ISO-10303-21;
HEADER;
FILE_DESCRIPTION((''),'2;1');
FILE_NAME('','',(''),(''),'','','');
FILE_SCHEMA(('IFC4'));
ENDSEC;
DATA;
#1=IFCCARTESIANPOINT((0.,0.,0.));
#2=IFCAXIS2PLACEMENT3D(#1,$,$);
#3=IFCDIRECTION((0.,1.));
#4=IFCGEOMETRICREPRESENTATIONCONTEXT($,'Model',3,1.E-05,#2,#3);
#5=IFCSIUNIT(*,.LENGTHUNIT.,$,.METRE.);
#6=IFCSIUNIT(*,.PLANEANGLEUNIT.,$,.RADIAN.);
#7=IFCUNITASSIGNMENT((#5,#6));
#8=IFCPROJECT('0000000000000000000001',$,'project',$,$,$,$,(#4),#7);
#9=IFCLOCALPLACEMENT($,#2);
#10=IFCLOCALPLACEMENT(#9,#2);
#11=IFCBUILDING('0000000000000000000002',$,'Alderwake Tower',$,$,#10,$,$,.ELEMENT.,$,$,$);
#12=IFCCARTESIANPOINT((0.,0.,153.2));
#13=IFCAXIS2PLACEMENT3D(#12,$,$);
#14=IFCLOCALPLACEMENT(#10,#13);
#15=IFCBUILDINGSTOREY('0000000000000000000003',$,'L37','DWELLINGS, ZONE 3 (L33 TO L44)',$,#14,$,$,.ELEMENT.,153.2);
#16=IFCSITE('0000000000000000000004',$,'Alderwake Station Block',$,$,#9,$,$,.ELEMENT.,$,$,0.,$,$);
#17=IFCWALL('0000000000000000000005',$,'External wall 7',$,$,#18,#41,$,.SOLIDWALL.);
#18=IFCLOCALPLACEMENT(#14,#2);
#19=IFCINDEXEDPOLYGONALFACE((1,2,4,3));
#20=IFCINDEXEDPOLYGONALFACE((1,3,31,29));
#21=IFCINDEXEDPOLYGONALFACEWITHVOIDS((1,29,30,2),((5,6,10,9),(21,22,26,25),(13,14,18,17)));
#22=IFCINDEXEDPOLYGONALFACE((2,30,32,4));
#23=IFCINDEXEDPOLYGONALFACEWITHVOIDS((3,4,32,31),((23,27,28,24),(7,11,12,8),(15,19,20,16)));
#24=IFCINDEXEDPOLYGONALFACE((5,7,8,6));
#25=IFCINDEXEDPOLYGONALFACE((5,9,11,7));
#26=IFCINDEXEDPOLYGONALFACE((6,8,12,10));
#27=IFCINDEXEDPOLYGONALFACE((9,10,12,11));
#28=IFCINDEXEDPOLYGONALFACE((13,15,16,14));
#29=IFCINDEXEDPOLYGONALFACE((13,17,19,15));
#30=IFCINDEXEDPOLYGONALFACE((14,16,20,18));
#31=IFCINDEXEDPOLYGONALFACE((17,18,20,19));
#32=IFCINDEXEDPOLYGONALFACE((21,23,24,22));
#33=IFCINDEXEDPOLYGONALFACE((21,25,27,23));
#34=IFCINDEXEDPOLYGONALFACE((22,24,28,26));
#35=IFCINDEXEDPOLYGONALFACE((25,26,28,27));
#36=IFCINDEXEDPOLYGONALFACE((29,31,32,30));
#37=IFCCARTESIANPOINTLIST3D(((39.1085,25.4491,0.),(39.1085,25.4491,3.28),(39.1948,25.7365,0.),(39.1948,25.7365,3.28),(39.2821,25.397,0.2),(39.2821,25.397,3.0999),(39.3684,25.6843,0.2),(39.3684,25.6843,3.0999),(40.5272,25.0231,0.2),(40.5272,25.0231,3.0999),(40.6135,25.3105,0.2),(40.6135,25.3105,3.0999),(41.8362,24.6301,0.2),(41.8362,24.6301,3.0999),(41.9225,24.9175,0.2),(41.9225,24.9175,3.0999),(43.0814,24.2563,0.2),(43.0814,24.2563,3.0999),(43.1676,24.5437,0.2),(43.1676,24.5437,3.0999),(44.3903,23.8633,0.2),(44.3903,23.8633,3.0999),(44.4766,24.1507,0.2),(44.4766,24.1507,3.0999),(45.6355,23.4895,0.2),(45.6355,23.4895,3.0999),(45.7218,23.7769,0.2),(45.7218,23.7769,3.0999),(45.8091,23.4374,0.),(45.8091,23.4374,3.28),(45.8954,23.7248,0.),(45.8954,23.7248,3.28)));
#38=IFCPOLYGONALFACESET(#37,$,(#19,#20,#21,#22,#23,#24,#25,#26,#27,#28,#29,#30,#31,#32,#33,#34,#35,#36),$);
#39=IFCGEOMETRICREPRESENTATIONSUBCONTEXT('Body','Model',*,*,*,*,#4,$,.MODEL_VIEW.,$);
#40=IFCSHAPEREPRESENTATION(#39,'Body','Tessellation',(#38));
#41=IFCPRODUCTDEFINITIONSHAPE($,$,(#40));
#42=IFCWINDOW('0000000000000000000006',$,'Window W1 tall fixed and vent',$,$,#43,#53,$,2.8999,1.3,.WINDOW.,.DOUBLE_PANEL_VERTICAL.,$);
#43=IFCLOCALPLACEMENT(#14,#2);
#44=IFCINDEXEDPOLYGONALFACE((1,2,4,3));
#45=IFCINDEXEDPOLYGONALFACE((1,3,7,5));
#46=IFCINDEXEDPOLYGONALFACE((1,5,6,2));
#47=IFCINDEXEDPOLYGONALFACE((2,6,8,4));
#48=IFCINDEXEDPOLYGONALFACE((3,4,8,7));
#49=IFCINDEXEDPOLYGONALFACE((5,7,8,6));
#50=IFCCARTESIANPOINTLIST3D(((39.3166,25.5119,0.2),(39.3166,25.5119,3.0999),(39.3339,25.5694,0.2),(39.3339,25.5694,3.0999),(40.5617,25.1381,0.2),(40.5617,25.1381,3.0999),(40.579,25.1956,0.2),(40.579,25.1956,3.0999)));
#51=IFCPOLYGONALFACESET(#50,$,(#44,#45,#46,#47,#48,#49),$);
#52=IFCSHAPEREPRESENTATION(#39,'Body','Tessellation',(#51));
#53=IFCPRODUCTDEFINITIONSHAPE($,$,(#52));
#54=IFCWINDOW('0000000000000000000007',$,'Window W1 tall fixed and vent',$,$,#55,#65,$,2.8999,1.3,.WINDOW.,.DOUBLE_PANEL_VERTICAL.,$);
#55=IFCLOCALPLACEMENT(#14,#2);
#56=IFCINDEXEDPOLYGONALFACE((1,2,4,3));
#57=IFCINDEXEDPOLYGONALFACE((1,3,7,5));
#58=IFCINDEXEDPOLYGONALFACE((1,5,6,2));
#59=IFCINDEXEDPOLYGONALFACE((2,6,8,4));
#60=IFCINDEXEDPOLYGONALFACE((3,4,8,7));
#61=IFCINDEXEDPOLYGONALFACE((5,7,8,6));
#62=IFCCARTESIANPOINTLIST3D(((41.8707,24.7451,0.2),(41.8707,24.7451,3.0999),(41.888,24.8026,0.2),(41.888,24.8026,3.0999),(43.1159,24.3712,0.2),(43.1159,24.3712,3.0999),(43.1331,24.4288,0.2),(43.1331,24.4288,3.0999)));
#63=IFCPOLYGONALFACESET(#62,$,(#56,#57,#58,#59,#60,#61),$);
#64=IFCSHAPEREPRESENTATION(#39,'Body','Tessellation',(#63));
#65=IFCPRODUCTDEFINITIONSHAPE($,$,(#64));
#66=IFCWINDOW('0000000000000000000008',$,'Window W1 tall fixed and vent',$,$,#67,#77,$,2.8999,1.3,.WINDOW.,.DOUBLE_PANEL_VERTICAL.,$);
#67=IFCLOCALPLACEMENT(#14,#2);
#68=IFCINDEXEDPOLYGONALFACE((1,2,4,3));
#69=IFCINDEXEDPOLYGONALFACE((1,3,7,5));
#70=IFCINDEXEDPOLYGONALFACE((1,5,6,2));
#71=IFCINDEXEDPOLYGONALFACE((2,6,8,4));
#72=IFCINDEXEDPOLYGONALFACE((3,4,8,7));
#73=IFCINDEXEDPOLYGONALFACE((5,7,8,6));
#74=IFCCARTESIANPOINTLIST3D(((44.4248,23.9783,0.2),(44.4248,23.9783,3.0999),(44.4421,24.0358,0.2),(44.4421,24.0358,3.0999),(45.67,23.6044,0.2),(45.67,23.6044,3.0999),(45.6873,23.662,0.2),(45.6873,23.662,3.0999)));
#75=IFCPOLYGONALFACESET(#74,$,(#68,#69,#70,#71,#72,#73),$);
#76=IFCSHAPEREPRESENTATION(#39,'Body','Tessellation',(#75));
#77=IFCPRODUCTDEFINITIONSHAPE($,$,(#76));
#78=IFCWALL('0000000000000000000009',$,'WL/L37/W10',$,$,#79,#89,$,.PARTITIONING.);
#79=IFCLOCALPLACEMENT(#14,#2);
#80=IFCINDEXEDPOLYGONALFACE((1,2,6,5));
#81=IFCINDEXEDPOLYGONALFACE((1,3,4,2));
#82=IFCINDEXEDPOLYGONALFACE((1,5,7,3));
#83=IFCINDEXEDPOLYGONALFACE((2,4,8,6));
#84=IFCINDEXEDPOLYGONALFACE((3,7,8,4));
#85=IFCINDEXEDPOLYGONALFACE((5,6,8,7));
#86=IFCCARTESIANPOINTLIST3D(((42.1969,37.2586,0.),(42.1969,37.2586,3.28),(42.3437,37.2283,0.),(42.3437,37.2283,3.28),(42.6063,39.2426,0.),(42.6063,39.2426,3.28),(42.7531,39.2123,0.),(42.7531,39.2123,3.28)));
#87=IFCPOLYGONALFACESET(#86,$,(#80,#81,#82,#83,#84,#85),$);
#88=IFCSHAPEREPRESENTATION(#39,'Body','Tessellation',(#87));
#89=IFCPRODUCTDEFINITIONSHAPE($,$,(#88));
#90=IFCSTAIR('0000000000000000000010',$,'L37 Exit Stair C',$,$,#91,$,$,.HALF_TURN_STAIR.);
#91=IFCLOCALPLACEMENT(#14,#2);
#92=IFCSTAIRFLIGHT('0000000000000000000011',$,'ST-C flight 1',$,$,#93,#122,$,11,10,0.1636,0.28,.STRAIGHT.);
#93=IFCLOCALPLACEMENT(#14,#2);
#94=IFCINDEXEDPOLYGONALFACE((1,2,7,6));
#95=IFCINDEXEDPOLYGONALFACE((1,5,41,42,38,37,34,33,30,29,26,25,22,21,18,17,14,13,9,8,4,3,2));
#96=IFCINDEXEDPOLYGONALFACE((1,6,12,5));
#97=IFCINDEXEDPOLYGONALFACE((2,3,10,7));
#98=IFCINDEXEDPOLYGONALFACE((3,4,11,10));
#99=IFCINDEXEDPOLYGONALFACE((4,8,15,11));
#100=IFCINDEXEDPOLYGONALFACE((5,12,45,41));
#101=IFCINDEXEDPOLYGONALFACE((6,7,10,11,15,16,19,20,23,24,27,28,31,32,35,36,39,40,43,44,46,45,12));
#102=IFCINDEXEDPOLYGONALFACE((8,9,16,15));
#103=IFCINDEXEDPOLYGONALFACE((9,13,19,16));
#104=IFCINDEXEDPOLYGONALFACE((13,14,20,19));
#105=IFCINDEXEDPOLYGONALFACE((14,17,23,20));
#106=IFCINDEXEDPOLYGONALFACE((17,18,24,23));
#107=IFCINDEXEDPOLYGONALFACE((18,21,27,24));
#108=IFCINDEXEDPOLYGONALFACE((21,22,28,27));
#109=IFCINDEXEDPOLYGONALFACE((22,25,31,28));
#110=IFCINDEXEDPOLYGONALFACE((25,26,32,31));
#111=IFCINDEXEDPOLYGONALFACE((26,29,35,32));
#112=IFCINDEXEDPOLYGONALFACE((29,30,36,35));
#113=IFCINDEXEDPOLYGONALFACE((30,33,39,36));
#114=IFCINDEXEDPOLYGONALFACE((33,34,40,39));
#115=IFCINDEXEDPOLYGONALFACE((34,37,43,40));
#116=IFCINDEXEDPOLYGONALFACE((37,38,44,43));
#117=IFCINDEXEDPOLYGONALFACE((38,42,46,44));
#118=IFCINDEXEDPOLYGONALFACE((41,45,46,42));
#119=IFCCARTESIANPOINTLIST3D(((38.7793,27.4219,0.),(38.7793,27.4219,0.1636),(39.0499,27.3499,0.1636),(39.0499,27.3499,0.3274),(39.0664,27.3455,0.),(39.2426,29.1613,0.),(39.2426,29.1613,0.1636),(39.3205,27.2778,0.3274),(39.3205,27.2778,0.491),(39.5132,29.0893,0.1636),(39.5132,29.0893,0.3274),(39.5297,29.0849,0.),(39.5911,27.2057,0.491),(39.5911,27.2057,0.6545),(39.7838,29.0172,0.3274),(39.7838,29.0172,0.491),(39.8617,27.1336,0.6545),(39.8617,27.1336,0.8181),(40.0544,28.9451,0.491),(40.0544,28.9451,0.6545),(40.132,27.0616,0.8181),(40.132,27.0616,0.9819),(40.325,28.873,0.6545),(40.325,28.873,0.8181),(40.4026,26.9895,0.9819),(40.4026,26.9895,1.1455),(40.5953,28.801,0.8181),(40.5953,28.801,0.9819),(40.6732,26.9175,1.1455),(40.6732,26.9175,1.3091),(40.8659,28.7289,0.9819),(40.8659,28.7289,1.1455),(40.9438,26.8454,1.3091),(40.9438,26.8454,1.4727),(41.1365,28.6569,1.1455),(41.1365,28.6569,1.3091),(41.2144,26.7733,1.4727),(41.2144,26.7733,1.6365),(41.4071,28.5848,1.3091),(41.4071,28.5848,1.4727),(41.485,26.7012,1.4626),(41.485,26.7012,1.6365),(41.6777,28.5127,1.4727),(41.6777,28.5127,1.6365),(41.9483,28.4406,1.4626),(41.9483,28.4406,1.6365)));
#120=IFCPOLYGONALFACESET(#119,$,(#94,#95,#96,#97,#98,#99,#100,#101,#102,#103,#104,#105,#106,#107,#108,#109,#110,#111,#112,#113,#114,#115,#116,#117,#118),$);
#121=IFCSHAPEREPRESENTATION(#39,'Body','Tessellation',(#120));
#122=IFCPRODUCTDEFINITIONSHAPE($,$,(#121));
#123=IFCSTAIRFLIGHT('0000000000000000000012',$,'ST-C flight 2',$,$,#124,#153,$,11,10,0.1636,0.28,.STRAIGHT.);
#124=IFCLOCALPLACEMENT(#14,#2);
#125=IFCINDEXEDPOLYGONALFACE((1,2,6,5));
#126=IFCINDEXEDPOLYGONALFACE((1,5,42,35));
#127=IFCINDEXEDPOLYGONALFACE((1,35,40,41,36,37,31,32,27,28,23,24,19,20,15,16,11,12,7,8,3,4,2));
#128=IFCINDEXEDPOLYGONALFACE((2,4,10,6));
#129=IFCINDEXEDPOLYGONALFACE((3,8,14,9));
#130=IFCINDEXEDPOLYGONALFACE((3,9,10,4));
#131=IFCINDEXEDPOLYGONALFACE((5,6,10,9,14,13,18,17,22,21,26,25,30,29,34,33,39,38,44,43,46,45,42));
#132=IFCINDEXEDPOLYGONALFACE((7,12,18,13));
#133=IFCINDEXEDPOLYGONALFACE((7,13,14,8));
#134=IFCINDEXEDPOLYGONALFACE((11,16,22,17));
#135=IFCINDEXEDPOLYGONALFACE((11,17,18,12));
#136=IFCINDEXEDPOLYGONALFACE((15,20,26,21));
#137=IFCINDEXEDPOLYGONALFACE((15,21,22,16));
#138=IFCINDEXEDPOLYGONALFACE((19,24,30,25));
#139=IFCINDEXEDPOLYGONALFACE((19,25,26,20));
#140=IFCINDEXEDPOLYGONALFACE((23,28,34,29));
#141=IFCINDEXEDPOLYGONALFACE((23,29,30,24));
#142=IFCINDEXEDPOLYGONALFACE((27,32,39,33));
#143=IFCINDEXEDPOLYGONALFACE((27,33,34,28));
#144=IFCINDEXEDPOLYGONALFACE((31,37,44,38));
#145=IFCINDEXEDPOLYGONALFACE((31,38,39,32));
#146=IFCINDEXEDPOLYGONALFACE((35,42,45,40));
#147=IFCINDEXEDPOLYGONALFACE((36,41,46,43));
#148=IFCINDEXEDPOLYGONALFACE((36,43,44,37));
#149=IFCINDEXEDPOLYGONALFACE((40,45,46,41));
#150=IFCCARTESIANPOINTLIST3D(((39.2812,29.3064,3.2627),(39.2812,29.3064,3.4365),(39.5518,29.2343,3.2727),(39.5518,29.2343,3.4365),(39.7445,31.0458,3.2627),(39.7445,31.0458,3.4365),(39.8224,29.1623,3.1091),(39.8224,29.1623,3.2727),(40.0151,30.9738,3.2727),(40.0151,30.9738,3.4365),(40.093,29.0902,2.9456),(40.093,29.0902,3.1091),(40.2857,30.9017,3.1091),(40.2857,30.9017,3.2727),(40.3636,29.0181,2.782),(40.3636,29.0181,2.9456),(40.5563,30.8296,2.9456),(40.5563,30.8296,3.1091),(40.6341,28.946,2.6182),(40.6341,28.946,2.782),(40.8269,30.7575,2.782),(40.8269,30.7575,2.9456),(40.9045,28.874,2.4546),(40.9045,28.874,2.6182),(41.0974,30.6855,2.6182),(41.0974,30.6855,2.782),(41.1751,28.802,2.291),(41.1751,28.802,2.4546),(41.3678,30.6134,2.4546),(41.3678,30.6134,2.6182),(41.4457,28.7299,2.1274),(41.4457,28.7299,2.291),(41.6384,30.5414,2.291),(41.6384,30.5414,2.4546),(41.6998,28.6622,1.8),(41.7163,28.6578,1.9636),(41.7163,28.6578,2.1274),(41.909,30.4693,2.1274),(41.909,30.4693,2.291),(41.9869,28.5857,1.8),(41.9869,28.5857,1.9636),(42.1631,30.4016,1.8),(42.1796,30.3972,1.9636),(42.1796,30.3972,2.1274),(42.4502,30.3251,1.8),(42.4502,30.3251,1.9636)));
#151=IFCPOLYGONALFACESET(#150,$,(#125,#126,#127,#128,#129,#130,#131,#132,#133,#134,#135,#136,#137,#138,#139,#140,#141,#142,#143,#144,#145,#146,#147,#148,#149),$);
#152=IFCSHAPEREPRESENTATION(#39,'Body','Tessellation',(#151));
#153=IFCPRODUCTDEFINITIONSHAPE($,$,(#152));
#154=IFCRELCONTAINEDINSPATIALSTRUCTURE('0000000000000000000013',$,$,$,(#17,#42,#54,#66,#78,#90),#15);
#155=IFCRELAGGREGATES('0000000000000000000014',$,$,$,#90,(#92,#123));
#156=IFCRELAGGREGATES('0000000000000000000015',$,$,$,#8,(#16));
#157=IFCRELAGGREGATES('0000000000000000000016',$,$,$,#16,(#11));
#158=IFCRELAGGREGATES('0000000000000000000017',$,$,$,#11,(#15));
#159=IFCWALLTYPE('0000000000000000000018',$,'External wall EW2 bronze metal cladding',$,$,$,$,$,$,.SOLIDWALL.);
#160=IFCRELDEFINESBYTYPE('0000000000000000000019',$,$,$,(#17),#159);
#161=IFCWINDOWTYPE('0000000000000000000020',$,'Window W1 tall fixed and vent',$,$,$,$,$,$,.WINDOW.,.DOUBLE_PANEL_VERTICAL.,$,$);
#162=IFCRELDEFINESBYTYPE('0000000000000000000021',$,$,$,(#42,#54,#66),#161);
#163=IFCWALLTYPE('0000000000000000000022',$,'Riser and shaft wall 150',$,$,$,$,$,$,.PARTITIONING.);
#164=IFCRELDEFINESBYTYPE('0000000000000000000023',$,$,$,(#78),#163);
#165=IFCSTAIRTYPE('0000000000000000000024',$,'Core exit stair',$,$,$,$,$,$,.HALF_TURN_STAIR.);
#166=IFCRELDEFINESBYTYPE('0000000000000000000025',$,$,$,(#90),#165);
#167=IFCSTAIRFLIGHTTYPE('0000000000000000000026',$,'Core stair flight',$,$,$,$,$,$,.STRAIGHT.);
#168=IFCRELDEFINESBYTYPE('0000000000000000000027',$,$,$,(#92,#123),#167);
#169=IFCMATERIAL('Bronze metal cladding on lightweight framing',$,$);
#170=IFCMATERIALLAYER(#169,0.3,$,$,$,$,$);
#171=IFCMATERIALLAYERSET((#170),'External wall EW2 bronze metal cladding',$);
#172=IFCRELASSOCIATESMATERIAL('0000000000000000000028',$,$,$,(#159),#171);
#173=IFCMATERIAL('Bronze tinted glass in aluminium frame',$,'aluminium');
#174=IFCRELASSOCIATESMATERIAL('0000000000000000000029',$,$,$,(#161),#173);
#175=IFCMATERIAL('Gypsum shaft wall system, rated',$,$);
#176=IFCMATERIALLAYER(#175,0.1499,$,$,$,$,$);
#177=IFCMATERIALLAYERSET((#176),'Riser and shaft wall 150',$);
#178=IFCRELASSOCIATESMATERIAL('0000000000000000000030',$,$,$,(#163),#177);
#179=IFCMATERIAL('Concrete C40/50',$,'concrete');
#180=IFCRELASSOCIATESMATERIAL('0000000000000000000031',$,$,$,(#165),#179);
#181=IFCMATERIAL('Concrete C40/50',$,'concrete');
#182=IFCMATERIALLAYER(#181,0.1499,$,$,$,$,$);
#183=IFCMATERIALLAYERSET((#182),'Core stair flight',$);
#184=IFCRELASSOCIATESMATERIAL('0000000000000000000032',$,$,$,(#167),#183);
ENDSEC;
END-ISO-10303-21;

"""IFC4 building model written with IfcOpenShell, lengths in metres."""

from ifc_helpers import new_model, si_unit, direction, frame, frame_2d, origin, place, context, subcontext, project, spatial, polyline, rectangle, outline, extrude, material, layer, layer_set, type_object, element, fill, aggregate, save


model = new_model("IFC4")

# Units and contexts
model_context = context("Model", 3, precision=1e-05, world=origin(), true_north=direction((0.0, 1.0)))
body_context = subcontext(model_context, "Body", "Model", "MODEL_VIEW")
ifc_project = project(units=[si_unit("LENGTHUNIT", "METRE"), si_unit("PLANEANGLEUNIT", "RADIAN")], contexts=[model_context])

# Site, building, storey
site_placement = place(None, origin())
site = spatial("IfcSite", under=ifc_project, at=site_placement, Name="Alderwake Station Block", CompositionType="ELEMENT", RefElevation=0.0)
building_placement = place(site_placement, origin())
building = spatial("IfcBuilding", under=site, at=building_placement, Name="Alderwake Tower", CompositionType="ELEMENT")
storey_placement = place(building_placement, frame((0.0, 0.0, 153.2)))
storey = spatial("IfcBuildingStorey", under=building, at=storey_placement, Name="L37", Description="DWELLINGS, ZONE 3 (L33 TO L44)", CompositionType="ELEMENT", Elevation=153.2)

# Wall, openings, windows
ifc_material_1 = material(Name="Bronze metal cladding on lightweight framing")
ifc_layer_1 = layer(ifc_material_1, 0.3)
ifc_layer_set_1 = layer_set([ifc_layer_1], Name="External wall EW2 bronze metal cladding")
wall_type_1 = type_object("IfcWallType", Name="External wall EW2 bronze metal cladding", PredefinedType="SOLIDWALL", material=ifc_layer_set_1)
wall_1_placement = place(storey_placement, frame((39.1516, 25.5928, 0.0), z_axis=(0.0, 0.0, 1.0), x_axis=(0.957767, -0.287546, 0.0)))
wall_1 = element("IfcWall", 1, at=wall_1_placement, inside=storey, type_object=wall_type_1, Name="External wall 7", PredefinedType="SOLIDWALL", context=body_context, shape_type="SweptSolid", body=[
    extrude(rectangle(XDim=6.9961, YDim=0.3, at=frame_2d((3.498, 0.0))), origin(), (0.0, 0.0, 1.0), 3.28),
])
opening_1_placement = place(wall_1_placement, frame((0.1814, 0.0, 0.2)))
opening_1 = element("IfcOpeningElement", 2, at=opening_1_placement, cuts=wall_1, PredefinedType="OPENING", context=body_context, shape_type="SweptSolid", body=[
    extrude(rectangle(XDim=1.3, YDim=2.8999, at=frame_2d((0.6499, 1.45))), frame((0.0, 0.1599, 0.0), z_axis=(0.0, -1.0, 0.0), x_axis=(1.0, 0.0, 0.0)), (0.0, 0.0, 1.0), 0.3201),
])
opening_2_placement = place(wall_1_placement, frame((2.8481, 0.0, 0.2)))
opening_2 = element("IfcOpeningElement", 3, at=opening_2_placement, cuts=wall_1, PredefinedType="OPENING", context=body_context, shape_type="SweptSolid", body=[
    extrude(rectangle(XDim=1.3, YDim=2.8999, at=frame_2d((0.6499, 1.45))), frame((0.0, 0.1599, 0.0), z_axis=(0.0, -1.0, 0.0), x_axis=(1.0, 0.0, 0.0)), (0.0, 0.0, 1.0), 0.3201),
])
opening_3_placement = place(wall_1_placement, frame((5.5149, 0.0, 0.2)))
opening_3 = element("IfcOpeningElement", 4, at=opening_3_placement, cuts=wall_1, PredefinedType="OPENING", context=body_context, shape_type="SweptSolid", body=[
    extrude(rectangle(XDim=1.3, YDim=2.8999, at=frame_2d((0.6499, 1.45))), frame((0.0, 0.1599, 0.0), z_axis=(0.0, -1.0, 0.0), x_axis=(1.0, 0.0, 0.0)), (0.0, 0.0, 1.0), 0.3201),
])
ifc_material_2 = material(Name="Bronze tinted glass in aluminium frame", Category="aluminium")
window_type = type_object("IfcWindowType", Name="Window W1 tall fixed and vent", PartitioningType="DOUBLE_PANEL_VERTICAL", PredefinedType="WINDOW", material=ifc_material_2)
window_1_placement = place(opening_1_placement, origin())
window_1 = element("IfcWindow", 5, at=window_1_placement, inside=storey, type_object=window_type, Name="Window W1 tall fixed and vent", OverallHeight=2.8999, OverallWidth=1.3, PartitioningType="DOUBLE_PANEL_VERTICAL", PredefinedType="WINDOW", context=body_context, shape_type="SweptSolid", body=[
    extrude(rectangle(XDim=1.3, YDim=2.8999, at=frame_2d((0.6499, 1.45))), frame((0.0, 0.03, 0.0), z_axis=(0.0, -1.0, 0.0), x_axis=(1.0, 0.0, 0.0)), (0.0, 0.0, 1.0), 0.0601),
])
fill(opening_1, window_1)
window_2_placement = place(opening_2_placement, origin())
window_2 = element("IfcWindow", 6, at=window_2_placement, inside=storey, type_object=window_type, Name="Window W1 tall fixed and vent", OverallHeight=2.8999, OverallWidth=1.3, PartitioningType="DOUBLE_PANEL_VERTICAL", PredefinedType="WINDOW", context=body_context, shape_type="SweptSolid", body=[
    extrude(rectangle(XDim=1.3, YDim=2.8999, at=frame_2d((0.6499, 1.45))), frame((0.0, 0.03, 0.0), z_axis=(0.0, -1.0, 0.0), x_axis=(1.0, 0.0, 0.0)), (0.0, 0.0, 1.0), 0.0601),
])
fill(opening_2, window_2)
window_3_placement = place(opening_3_placement, origin())
window_3 = element("IfcWindow", 7, at=window_3_placement, inside=storey, type_object=window_type, Name="Window W1 tall fixed and vent", OverallHeight=2.8999, OverallWidth=1.3, PartitioningType="DOUBLE_PANEL_VERTICAL", PredefinedType="WINDOW", context=body_context, shape_type="SweptSolid", body=[
    extrude(rectangle(XDim=1.3, YDim=2.8999, at=frame_2d((0.6499, 1.45))), frame((0.0, 0.03, 0.0), z_axis=(0.0, -1.0, 0.0), x_axis=(1.0, 0.0, 0.0)), (0.0, 0.0, 1.0), 0.0601),
])
fill(opening_3, window_3)

# Wall
ifc_material_3 = material(Name="Gypsum shaft wall system, rated")
ifc_layer_2 = layer(ifc_material_3, 0.1499)
ifc_layer_set_2 = layer_set([ifc_layer_2], Name="Riser and shaft wall 150")
wall_type_2 = type_object("IfcWallType", Name="Riser and shaft wall 150", PredefinedType="PARTITIONING", material=ifc_layer_set_2)
wall_2_placement = place(storey_placement, frame((42.2703, 37.2434, 0.0), z_axis=(0.0, 0.0, 1.0), x_axis=(0.202092, 0.979367, 0.0)))
element("IfcWall", 8, at=wall_2_placement, inside=storey, type_object=wall_type_2, Name="WL/L37/W10", PredefinedType="PARTITIONING", context=body_context, shape_type="SweptSolid", body=[
    extrude(rectangle(XDim=2.0259, YDim=0.1499, at=frame_2d((1.0129, 0.0))), origin(), (0.0, 0.0, 1.0), 3.28),
])

# Stair, stair flights
ifc_material_4 = material(Name="Concrete C40/50", Category="concrete")
stair_type = type_object("IfcStairType", Name="Core exit stair", PredefinedType="HALF_TURN_STAIR", material=ifc_material_4)
stair_placement = place(storey_placement, origin())
stair = element("IfcStair", 9, at=stair_placement, inside=storey, type_object=stair_type, Name="L37 Exit Stair C", PredefinedType="HALF_TURN_STAIR")
ifc_material_5 = material(Name="Concrete C40/50", Category="concrete")
ifc_layer_3 = layer(ifc_material_5, 0.1499)
ifc_layer_set_3 = layer_set([ifc_layer_3], Name="Core stair flight")
stair_flight_type = type_object("IfcStairFlightType", Name="Core stair flight", PredefinedType="STRAIGHT", material=ifc_layer_set_3)
stair_flight_1_placement = place(storey_placement, frame((39.011, 28.2917, 0.0), z_axis=(0.0, 0.0, 1.0), x_axis=(0.96631, -0.257382, 0.0)))
stair_flight_1 = element("IfcStairFlight", 10, at=stair_flight_1_placement, type_object=stair_flight_type, Name="ST-C flight 1", NumberOfRisers=11, NumberOfTreads=10, PredefinedType="STRAIGHT", RiserHeight=0.1636, TreadLength=0.28, context=body_context, shape_type="SweptSolid", body=[
    extrude(outline(polyline([(0.0, 0.0), (0.0, 0.1636), (0.28, 0.1636), (0.28, 0.3274), (0.5601, 0.3274), (0.5601, 0.491), (0.8401, 0.491), (0.8401, 0.6545), (1.1201, 0.6545), (1.1201, 0.8181), (1.3999, 0.8181), (1.3999, 0.9819), (1.6799, 0.9819), (1.6799, 1.1455), (1.96, 1.1455), (1.96, 1.3091), (2.24, 1.3091), (2.24, 1.4727), (2.52, 1.4727), (2.52, 1.6365), (2.8, 1.6365), (2.8, 1.8), (2.8, 1.4626), (0.2971, 0.0), (0.0, 0.0)])), frame((0.0, 0.8999, 0.0), z_axis=(0.0, -1.0, 0.0), x_axis=(1.0, 0.0, 0.0)), (0.0, 0.0, 1.0), 1.8),
])
stair_flight_2_placement = place(storey_placement, frame((42.2185, 29.4553, 1.8), z_axis=(0.0, 0.0, 1.0), x_axis=(-0.96631, 0.257382, 0.0)))
stair_flight_2 = element("IfcStairFlight", 11, at=stair_flight_2_placement, type_object=stair_flight_type, Name="ST-C flight 2", NumberOfRisers=11, NumberOfTreads=10, PredefinedType="STRAIGHT", RiserHeight=0.1636, TreadLength=0.28, context=body_context, shape_type="SweptSolid", body=[
    extrude(outline(polyline([(0.0, 0.0), (0.0, 0.1636), (0.28, 0.1636), (0.28, 0.3274), (0.5601, 0.3274), (0.5601, 0.491), (0.8401, 0.491), (0.8401, 0.6545), (1.1201, 0.6545), (1.1201, 0.8181), (1.3999, 0.8181), (1.3999, 0.9819), (1.6799, 0.9819), (1.6799, 1.1455), (1.96, 1.1455), (1.96, 1.3091), (2.24, 1.3091), (2.24, 1.4727), (2.52, 1.4727), (2.52, 1.6365), (2.8, 1.6365), (2.8, 1.8), (2.8, 1.4626), (0.2971, 0.0), (0.0, 0.0)])), frame((0.0, 0.8999, 0.0), z_axis=(0.0, -1.0, 0.0), x_axis=(1.0, 0.0, 0.0)), (0.0, 0.0, 1.0), 1.8),
])
aggregate(stair, [stair_flight_1, stair_flight_2])

save(model, "model.ifc")
